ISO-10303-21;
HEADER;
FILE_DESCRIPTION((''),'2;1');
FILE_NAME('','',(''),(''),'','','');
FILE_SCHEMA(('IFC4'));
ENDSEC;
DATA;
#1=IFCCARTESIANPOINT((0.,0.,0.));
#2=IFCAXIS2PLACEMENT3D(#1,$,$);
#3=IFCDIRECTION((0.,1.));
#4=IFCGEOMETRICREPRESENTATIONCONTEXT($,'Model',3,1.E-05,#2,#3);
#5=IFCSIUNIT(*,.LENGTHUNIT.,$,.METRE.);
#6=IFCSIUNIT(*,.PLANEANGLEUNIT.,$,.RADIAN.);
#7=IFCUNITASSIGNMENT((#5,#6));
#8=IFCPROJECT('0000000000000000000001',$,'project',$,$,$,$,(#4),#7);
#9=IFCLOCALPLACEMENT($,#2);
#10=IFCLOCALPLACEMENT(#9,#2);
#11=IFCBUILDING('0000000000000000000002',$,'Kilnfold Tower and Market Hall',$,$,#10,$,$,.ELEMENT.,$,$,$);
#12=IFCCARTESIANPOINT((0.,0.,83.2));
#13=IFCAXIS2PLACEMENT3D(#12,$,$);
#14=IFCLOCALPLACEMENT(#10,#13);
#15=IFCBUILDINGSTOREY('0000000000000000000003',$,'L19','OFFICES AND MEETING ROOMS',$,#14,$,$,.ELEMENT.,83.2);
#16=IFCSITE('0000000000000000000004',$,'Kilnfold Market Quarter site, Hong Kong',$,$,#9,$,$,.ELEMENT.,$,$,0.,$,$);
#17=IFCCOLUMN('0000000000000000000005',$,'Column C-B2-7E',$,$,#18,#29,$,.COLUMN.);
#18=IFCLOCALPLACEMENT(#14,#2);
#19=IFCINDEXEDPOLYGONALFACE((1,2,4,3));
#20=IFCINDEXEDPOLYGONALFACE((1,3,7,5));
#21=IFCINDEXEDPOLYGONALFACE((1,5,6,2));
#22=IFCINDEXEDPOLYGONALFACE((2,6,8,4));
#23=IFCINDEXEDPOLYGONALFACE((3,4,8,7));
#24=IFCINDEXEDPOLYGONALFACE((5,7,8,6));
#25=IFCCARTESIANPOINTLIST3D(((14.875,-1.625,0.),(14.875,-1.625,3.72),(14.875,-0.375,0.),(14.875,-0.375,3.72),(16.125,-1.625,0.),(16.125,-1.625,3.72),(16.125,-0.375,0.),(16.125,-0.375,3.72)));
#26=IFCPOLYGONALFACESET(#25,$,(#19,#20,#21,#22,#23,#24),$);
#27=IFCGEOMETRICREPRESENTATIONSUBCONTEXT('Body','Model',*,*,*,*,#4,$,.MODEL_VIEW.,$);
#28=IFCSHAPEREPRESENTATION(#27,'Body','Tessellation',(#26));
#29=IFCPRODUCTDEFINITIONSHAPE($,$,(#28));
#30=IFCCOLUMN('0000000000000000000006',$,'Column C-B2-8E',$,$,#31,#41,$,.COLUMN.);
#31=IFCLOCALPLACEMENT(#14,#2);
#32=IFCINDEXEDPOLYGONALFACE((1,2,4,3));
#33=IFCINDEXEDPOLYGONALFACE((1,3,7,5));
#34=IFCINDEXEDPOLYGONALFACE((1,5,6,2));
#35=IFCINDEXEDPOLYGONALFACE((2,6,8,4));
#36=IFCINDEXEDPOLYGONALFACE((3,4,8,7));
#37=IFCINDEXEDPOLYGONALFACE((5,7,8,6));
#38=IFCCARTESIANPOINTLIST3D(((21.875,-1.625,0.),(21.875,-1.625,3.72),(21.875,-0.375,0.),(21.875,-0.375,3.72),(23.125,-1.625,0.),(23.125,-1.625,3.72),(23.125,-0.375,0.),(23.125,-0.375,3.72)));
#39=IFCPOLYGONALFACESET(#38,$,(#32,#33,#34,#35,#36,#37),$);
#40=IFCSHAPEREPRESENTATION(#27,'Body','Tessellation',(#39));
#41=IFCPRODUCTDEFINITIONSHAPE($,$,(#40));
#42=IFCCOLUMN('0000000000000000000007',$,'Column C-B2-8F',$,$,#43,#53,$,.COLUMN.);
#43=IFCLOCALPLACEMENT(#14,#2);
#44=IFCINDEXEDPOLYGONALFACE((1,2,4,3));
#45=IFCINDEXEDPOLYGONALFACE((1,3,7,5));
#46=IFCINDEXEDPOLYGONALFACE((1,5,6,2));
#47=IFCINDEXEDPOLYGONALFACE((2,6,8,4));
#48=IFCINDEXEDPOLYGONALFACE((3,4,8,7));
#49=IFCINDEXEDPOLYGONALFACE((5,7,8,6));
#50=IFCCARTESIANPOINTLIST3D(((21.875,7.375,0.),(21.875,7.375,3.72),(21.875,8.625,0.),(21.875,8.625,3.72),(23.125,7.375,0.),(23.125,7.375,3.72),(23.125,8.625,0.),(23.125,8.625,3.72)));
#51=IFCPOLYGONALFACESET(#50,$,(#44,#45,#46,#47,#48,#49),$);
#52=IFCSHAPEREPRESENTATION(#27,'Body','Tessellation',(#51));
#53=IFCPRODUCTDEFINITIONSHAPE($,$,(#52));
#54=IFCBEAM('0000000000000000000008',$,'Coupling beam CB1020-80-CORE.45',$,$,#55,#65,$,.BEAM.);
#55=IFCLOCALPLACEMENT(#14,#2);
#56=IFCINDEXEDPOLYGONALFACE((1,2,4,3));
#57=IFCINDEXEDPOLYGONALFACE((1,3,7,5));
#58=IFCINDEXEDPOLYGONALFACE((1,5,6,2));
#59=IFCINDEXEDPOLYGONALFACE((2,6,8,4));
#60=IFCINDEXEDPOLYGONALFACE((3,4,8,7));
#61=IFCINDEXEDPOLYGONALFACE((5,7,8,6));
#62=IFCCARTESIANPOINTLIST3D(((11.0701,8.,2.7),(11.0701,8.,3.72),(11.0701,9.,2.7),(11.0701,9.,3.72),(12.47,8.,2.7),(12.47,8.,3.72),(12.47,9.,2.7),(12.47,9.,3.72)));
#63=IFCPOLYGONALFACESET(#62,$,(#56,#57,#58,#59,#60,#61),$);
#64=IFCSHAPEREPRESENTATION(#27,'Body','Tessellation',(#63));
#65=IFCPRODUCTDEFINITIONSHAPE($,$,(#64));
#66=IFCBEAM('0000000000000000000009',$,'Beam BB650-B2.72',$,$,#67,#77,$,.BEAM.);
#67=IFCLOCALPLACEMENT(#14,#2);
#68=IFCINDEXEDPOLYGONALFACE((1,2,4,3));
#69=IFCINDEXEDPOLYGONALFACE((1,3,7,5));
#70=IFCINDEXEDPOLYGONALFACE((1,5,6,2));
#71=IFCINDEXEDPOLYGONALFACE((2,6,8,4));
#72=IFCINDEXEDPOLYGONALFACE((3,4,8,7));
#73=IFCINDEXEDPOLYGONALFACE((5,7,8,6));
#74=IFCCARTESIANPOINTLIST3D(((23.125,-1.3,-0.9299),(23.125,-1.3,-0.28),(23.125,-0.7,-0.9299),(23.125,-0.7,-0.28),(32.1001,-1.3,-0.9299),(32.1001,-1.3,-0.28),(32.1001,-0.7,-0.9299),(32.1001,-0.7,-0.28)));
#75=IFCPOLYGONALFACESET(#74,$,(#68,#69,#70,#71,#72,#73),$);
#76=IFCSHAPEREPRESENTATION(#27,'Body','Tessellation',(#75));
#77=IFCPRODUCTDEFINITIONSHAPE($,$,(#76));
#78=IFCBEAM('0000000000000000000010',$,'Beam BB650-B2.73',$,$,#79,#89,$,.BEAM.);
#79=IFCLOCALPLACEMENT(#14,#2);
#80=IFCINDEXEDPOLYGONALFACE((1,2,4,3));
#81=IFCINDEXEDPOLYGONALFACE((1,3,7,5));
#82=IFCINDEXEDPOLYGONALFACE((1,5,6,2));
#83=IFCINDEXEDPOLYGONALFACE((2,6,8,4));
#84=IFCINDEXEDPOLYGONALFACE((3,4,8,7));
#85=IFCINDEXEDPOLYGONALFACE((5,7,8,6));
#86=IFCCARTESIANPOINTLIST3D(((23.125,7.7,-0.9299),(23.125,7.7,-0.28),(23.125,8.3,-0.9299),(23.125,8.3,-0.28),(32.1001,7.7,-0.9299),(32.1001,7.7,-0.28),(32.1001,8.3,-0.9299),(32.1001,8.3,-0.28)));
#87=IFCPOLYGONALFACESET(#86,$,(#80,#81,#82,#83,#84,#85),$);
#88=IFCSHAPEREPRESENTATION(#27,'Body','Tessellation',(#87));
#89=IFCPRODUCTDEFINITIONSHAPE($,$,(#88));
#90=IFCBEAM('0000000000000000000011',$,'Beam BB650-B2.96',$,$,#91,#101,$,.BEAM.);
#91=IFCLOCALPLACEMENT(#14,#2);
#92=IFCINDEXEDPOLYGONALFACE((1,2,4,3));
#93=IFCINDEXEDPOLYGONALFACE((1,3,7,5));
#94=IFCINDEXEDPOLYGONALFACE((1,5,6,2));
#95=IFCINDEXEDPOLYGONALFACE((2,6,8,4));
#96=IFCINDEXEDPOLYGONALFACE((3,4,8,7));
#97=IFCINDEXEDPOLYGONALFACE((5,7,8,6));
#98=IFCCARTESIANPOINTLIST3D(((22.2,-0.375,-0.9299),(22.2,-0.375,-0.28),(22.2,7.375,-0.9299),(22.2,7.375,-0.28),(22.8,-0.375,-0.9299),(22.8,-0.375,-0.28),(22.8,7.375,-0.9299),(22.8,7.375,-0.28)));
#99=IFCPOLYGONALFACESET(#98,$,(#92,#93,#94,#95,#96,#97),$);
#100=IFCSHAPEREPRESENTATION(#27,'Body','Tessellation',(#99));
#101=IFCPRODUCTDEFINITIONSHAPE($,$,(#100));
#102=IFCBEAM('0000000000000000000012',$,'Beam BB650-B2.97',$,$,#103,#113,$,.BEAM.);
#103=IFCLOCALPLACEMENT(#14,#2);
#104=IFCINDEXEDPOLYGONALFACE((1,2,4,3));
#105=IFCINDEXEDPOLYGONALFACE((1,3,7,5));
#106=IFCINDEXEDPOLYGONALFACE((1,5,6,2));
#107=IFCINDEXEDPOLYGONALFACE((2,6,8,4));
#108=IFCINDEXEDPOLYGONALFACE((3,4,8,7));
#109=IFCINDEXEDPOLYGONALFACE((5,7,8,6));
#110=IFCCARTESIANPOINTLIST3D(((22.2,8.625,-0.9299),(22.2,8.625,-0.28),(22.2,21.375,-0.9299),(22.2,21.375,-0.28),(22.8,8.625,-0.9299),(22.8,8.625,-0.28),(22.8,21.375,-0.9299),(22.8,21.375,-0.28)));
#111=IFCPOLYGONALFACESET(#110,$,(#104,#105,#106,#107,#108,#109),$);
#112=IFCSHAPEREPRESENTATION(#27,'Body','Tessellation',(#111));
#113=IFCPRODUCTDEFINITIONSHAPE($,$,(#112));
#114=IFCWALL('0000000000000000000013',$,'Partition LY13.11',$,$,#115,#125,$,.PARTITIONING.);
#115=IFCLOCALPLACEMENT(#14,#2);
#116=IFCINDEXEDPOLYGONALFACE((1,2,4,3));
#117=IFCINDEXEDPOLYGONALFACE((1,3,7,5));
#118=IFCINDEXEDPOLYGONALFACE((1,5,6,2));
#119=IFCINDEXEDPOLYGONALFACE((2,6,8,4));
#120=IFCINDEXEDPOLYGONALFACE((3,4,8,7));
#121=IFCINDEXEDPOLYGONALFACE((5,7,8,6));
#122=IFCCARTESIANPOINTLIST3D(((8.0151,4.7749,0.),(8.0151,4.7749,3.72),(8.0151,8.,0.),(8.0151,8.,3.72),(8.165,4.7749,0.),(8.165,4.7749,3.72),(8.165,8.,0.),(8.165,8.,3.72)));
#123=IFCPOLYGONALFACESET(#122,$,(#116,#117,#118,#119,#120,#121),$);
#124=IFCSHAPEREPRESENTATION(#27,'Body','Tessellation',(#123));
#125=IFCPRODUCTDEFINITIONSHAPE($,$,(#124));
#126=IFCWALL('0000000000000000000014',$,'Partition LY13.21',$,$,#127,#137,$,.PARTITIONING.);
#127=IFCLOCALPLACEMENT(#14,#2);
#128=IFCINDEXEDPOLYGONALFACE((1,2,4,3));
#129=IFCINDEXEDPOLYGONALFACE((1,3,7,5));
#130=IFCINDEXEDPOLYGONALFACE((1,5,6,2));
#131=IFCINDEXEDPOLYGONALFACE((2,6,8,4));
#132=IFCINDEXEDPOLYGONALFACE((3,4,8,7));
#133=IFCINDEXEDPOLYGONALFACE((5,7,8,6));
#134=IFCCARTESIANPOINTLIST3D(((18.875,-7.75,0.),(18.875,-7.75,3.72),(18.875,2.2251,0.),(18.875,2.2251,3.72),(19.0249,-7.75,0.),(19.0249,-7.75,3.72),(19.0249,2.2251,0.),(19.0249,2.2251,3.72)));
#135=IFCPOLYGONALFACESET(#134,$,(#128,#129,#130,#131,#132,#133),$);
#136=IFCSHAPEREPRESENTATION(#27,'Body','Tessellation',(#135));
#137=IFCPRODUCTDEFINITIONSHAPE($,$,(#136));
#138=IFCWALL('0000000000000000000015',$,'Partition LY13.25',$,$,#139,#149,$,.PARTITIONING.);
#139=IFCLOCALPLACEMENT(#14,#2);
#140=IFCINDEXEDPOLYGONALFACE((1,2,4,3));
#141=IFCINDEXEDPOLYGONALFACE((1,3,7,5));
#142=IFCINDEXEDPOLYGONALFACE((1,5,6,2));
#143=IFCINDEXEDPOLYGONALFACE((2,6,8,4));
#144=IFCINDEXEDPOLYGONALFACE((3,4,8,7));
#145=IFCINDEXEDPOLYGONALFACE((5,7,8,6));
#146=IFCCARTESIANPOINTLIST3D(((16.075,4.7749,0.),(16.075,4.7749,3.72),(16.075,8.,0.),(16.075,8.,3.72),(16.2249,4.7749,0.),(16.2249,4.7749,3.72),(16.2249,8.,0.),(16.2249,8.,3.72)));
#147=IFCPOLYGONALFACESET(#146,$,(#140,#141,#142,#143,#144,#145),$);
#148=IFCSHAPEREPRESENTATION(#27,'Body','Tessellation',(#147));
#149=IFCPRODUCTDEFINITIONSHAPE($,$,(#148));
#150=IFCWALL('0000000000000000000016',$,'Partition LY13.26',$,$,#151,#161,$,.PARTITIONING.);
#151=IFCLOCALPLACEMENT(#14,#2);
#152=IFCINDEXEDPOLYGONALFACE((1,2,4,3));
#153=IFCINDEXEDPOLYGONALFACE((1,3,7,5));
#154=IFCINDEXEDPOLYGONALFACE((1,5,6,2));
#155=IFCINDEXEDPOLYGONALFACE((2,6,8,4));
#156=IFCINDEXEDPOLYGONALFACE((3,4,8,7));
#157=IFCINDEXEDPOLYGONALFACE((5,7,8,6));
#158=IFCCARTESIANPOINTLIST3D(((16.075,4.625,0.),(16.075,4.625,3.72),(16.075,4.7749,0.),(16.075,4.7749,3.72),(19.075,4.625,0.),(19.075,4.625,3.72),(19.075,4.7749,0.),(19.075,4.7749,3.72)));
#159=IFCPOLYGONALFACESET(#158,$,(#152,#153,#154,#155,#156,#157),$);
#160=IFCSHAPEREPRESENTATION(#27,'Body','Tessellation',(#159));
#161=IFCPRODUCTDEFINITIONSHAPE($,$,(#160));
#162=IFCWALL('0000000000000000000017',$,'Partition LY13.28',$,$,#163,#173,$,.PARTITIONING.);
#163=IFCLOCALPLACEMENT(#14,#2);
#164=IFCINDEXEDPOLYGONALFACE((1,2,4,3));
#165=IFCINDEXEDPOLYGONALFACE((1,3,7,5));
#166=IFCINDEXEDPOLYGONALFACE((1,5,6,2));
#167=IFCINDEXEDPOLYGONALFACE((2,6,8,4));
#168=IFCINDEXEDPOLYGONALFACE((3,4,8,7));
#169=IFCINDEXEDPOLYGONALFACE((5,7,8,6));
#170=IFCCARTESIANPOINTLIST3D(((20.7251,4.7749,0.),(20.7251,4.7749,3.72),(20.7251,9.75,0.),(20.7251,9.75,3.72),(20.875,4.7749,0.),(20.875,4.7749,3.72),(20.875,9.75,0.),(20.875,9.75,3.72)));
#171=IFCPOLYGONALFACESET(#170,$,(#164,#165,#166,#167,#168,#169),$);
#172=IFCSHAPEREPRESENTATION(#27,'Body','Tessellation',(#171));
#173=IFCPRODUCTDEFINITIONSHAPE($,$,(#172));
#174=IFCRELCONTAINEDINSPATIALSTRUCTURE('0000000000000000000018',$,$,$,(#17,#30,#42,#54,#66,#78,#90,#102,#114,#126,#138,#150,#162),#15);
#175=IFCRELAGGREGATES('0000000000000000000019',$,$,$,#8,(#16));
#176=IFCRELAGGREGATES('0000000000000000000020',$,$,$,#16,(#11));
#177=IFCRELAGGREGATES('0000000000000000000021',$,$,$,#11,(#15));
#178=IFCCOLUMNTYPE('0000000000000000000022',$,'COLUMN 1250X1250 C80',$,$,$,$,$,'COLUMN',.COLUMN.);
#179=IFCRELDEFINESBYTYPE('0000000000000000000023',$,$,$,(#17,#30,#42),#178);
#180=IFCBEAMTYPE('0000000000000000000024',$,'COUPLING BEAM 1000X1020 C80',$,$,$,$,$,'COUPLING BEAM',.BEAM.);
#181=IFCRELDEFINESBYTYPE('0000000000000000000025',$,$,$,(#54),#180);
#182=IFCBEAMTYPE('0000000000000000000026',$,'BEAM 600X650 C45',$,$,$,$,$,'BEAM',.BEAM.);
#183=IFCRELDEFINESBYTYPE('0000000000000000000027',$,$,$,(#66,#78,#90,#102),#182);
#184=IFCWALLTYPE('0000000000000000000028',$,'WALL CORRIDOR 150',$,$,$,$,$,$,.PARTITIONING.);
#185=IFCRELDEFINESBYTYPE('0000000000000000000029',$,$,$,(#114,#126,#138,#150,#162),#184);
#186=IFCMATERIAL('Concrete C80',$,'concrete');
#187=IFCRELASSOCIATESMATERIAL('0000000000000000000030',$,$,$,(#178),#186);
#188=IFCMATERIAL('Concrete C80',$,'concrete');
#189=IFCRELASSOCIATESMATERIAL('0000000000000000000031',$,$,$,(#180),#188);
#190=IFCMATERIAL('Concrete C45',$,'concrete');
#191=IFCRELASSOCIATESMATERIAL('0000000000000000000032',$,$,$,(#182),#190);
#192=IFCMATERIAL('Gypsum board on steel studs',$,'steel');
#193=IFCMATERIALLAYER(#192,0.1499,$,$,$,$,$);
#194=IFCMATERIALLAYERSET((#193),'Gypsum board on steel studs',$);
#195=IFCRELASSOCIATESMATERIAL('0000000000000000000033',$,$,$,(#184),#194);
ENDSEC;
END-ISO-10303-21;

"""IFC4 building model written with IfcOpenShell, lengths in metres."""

from ifc_helpers import new_model, si_unit, direction, frame, frame_2d, origin, origin_2d, place, context, subcontext, project, spatial, rectangle, extrude, source, transform, mapped, material, layer, layer_set, material_profile, profile_set, type_object, element, save


model = new_model("IFC4")

# Units and contexts
model_context = context("Model", 3, precision=1e-05, world=origin(), true_north=direction((0.0, 1.0)))
body_context = subcontext(model_context, "Body", "Model", "MODEL_VIEW")
ifc_project = project(units=[si_unit("LENGTHUNIT", "METRE"), si_unit("PLANEANGLEUNIT", "RADIAN")], contexts=[model_context])

# Site, building, storey
site_placement = place(None, origin())
site = spatial("IfcSite", under=ifc_project, at=site_placement, Name="Kilnfold Market Quarter site, Hong Kong", CompositionType="ELEMENT", RefElevation=0.0)
building_placement = place(site_placement, origin())
building = spatial("IfcBuilding", under=site, at=building_placement, Name="Kilnfold Tower and Market Hall", CompositionType="ELEMENT")
storey_placement = place(building_placement, frame((0.0, 0.0, 83.2)))
storey = spatial("IfcBuildingStorey", under=building, at=storey_placement, Name="L19", Description="OFFICES AND MEETING ROOMS", CompositionType="ELEMENT", Elevation=83.2)

# Columns
ifc_material_1 = material(Name="Concrete C80", Category="concrete")
ifc_material_profile_1 = material_profile(ifc_material_1, rectangle(XDim=1.25, YDim=1.25, at=origin_2d()), Name="RC 1250x1250")
ifc_profile_set_1 = profile_set([ifc_material_profile_1], Name="Concrete C80")
column_type = type_object("IfcColumnType", Name="COLUMN 1250X1250 C80", ElementType="COLUMN", PredefinedType="COLUMN", material=ifc_profile_set_1)
shared_shape_1 = source(origin(), body_context, "Body", "SweptSolid", [
    extrude(rectangle(XDim=1.25, YDim=1.25, at=origin_2d()), origin(), (0.0, 0.0, 1.0), 3.72),
])
for number, where, z_axis, x_axis, name in (
    (1, (15.5, -1.0, 0.0), (0.0, 0.0, 1.0), (1.0, 0.0, 0.0), "Column C-B2-7E"),
    (2, (22.5, -1.0, 0.0), (0.0, 0.0, 1.0), (1.0, 0.0, 0.0), "Column C-B2-8E"),
    (3, (22.5, 8.0, 0.0), (0.0, 0.0, 1.0), (1.0, 0.0, 0.0), "Column C-B2-8F"),
):
    element("IfcColumn", number, at=place(storey_placement, frame(where, z_axis=z_axis, x_axis=x_axis)), inside=storey, type_object=column_type, Name=name, PredefinedType="COLUMN", context=body_context, shape_type="MappedRepresentation", body=[
        mapped(shared_shape_1, transform((0.0, 0.0, 0.0))),
    ])

# Beams
ifc_material_2 = material(Name="Concrete C80", Category="concrete")
ifc_material_profile_2 = material_profile(ifc_material_2, rectangle(XDim=1.0, YDim=1.02, at=origin_2d()), Name="RC 1000x1020")
ifc_profile_set_2 = profile_set([ifc_material_profile_2], Name="Concrete C80")
beam_type_1 = type_object("IfcBeamType", Name="COUPLING BEAM 1000X1020 C80", ElementType="COUPLING BEAM", PredefinedType="BEAM", material=ifc_profile_set_2)
shared_shape_2 = source(origin(), body_context, "Body", "SweptSolid", [
    extrude(rectangle(XDim=1.0, YDim=1.02, at=origin_2d()), origin(), (0.0, 0.0, 1.0), 1.3999),
])
beam_1_placement = place(storey_placement, frame((11.0701, 8.5, 3.21), z_axis=(1.0, 0.0, 0.0), x_axis=(0.0, 1.0, 0.0)))
element("IfcBeam", 4, at=beam_1_placement, inside=storey, type_object=beam_type_1, Name="Coupling beam CB1020-80-CORE.45", PredefinedType="BEAM", context=body_context, shape_type="MappedRepresentation", body=[
    mapped(shared_shape_2, transform((0.0, 0.0, 0.0))),
])
ifc_material_3 = material(Name="Concrete C45", Category="concrete")
ifc_material_profile_3 = material_profile(ifc_material_3, rectangle(XDim=0.6001, YDim=0.6499, at=origin_2d()), Name="RC 600x650")
ifc_profile_set_3 = profile_set([ifc_material_profile_3], Name="Concrete C45")
beam_type_2 = type_object("IfcBeamType", Name="BEAM 600X650 C45", ElementType="BEAM", PredefinedType="BEAM", material=ifc_profile_set_3)
shared_shape_3 = source(origin(), body_context, "Body", "SweptSolid", [
    extrude(rectangle(XDim=0.6001, YDim=0.6499, at=origin_2d()), origin(), (0.0, 0.0, 1.0), 8.9751),
])
for number, where, z_axis, x_axis, name in (
    (5, (23.125, -1.0, -0.605), (1.0, 0.0, 0.0), (0.0, 1.0, 0.0), "Beam BB650-B2.72"),
    (6, (23.125, 8.0, -0.605), (1.0, 0.0, 0.0), (0.0, 1.0, 0.0), "Beam BB650-B2.73"),
):
    element("IfcBeam", number, at=place(storey_placement, frame(where, z_axis=z_axis, x_axis=x_axis)), inside=storey, type_object=beam_type_2, Name=name, PredefinedType="BEAM", context=body_context, shape_type="MappedRepresentation", body=[
        mapped(shared_shape_3, transform((0.0, 0.0, 0.0))),
    ])
shared_shape_4 = source(origin(), body_context, "Body", "SweptSolid", [
    extrude(rectangle(XDim=0.6001, YDim=0.6499, at=origin_2d()), origin(), (0.0, 0.0, 1.0), 7.75),
])
beam_2_placement = place(storey_placement, frame((22.5, -0.375, -0.605), z_axis=(0.0, 1.0, 0.0), x_axis=(-1.0, 0.0, 0.0)))
element("IfcBeam", 7, at=beam_2_placement, inside=storey, type_object=beam_type_2, Name="Beam BB650-B2.96", PredefinedType="BEAM", context=body_context, shape_type="MappedRepresentation", body=[
    mapped(shared_shape_4, transform((0.0, 0.0, 0.0))),
])
shared_shape_5 = source(origin(), body_context, "Body", "SweptSolid", [
    extrude(rectangle(XDim=0.6001, YDim=0.6499, at=origin_2d()), origin(), (0.0, 0.0, 1.0), 12.75),
])
beam_3_placement = place(storey_placement, frame((22.5, 8.625, -0.605), z_axis=(0.0, 1.0, 0.0), x_axis=(-1.0, 0.0, 0.0)))
element("IfcBeam", 8, at=beam_3_placement, inside=storey, type_object=beam_type_2, Name="Beam BB650-B2.97", PredefinedType="BEAM", context=body_context, shape_type="MappedRepresentation", body=[
    mapped(shared_shape_5, transform((0.0, 0.0, 0.0))),
])

# Walls
ifc_material_4 = material(Name="Gypsum board on steel studs", Category="steel")
ifc_layer_1 = layer(ifc_material_4, 0.1499)
ifc_layer_set_1 = layer_set([ifc_layer_1], Name="Gypsum board on steel studs")
wall_type_1 = type_object("IfcWallType", Name="WALL CORRIDOR 150", PredefinedType="PARTITIONING", material=ifc_layer_set_1)
wall_1_placement = place(storey_placement, frame((8.0901, 8.0, 0.0), z_axis=(0.0, 0.0, 1.0), x_axis=(0.0, -1.0, 0.0)))
element("IfcWall", 9, at=wall_1_placement, inside=storey, type_object=wall_type_1, Name="Partition LY13.11", PredefinedType="PARTITIONING", context=body_context, shape_type="SweptSolid", body=[
    extrude(rectangle(XDim=3.2251, YDim=0.1499, at=frame_2d((1.6125, 0.0))), origin(), (0.0, 0.0, 1.0), 3.72),
])
wall_2_placement = place(storey_placement, frame((18.95, 2.2251, 0.0), z_axis=(0.0, 0.0, 1.0), x_axis=(0.0, -1.0, 0.0)))
element("IfcWall", 10, at=wall_2_placement, inside=storey, type_object=wall_type_1, Name="Partition LY13.21", PredefinedType="PARTITIONING", context=body_context, shape_type="SweptSolid", body=[
    extrude(rectangle(XDim=9.9751, YDim=0.1499, at=frame_2d((4.9875, 0.0))), origin(), (0.0, 0.0, 1.0), 3.72),
])
wall_3_placement = place(storey_placement, frame((16.1499, 4.7749, 0.0), z_axis=(0.0, 0.0, 1.0), x_axis=(0.0, 1.0, 0.0)))
element("IfcWall", 11, at=wall_3_placement, inside=storey, type_object=wall_type_1, Name="Partition LY13.25", PredefinedType="PARTITIONING", context=body_context, shape_type="SweptSolid", body=[
    extrude(rectangle(XDim=3.2251, YDim=0.1499, at=frame_2d((1.6125, 0.0))), origin(), (0.0, 0.0, 1.0), 3.72),
])
wall_4_placement = place(storey_placement, frame((16.075, 4.7, 0.0), z_axis=(0.0, 0.0, 1.0), x_axis=(1.0, 0.0, 0.0)))
element("IfcWall", 12, at=wall_4_placement, inside=storey, type_object=wall_type_1, Name="Partition LY13.26", PredefinedType="PARTITIONING", context=body_context, shape_type="SweptSolid", body=[
    extrude(rectangle(XDim=3.0, YDim=0.1499, at=frame_2d((1.5, 0.0))), origin(), (0.0, 0.0, 1.0), 3.72),
])
wall_5_placement = place(storey_placement, frame((20.8, 4.7749, 0.0), z_axis=(0.0, 0.0, 1.0), x_axis=(0.0, 1.0, 0.0)))
element("IfcWall", 13, at=wall_5_placement, inside=storey, type_object=wall_type_1, Name="Partition LY13.28", PredefinedType="PARTITIONING", context=body_context, shape_type="SweptSolid", body=[
    extrude(rectangle(XDim=4.9751, YDim=0.1499, at=frame_2d((2.4875, 0.0))), origin(), (0.0, 0.0, 1.0), 3.72),
])

save(model, "model.ifc")
